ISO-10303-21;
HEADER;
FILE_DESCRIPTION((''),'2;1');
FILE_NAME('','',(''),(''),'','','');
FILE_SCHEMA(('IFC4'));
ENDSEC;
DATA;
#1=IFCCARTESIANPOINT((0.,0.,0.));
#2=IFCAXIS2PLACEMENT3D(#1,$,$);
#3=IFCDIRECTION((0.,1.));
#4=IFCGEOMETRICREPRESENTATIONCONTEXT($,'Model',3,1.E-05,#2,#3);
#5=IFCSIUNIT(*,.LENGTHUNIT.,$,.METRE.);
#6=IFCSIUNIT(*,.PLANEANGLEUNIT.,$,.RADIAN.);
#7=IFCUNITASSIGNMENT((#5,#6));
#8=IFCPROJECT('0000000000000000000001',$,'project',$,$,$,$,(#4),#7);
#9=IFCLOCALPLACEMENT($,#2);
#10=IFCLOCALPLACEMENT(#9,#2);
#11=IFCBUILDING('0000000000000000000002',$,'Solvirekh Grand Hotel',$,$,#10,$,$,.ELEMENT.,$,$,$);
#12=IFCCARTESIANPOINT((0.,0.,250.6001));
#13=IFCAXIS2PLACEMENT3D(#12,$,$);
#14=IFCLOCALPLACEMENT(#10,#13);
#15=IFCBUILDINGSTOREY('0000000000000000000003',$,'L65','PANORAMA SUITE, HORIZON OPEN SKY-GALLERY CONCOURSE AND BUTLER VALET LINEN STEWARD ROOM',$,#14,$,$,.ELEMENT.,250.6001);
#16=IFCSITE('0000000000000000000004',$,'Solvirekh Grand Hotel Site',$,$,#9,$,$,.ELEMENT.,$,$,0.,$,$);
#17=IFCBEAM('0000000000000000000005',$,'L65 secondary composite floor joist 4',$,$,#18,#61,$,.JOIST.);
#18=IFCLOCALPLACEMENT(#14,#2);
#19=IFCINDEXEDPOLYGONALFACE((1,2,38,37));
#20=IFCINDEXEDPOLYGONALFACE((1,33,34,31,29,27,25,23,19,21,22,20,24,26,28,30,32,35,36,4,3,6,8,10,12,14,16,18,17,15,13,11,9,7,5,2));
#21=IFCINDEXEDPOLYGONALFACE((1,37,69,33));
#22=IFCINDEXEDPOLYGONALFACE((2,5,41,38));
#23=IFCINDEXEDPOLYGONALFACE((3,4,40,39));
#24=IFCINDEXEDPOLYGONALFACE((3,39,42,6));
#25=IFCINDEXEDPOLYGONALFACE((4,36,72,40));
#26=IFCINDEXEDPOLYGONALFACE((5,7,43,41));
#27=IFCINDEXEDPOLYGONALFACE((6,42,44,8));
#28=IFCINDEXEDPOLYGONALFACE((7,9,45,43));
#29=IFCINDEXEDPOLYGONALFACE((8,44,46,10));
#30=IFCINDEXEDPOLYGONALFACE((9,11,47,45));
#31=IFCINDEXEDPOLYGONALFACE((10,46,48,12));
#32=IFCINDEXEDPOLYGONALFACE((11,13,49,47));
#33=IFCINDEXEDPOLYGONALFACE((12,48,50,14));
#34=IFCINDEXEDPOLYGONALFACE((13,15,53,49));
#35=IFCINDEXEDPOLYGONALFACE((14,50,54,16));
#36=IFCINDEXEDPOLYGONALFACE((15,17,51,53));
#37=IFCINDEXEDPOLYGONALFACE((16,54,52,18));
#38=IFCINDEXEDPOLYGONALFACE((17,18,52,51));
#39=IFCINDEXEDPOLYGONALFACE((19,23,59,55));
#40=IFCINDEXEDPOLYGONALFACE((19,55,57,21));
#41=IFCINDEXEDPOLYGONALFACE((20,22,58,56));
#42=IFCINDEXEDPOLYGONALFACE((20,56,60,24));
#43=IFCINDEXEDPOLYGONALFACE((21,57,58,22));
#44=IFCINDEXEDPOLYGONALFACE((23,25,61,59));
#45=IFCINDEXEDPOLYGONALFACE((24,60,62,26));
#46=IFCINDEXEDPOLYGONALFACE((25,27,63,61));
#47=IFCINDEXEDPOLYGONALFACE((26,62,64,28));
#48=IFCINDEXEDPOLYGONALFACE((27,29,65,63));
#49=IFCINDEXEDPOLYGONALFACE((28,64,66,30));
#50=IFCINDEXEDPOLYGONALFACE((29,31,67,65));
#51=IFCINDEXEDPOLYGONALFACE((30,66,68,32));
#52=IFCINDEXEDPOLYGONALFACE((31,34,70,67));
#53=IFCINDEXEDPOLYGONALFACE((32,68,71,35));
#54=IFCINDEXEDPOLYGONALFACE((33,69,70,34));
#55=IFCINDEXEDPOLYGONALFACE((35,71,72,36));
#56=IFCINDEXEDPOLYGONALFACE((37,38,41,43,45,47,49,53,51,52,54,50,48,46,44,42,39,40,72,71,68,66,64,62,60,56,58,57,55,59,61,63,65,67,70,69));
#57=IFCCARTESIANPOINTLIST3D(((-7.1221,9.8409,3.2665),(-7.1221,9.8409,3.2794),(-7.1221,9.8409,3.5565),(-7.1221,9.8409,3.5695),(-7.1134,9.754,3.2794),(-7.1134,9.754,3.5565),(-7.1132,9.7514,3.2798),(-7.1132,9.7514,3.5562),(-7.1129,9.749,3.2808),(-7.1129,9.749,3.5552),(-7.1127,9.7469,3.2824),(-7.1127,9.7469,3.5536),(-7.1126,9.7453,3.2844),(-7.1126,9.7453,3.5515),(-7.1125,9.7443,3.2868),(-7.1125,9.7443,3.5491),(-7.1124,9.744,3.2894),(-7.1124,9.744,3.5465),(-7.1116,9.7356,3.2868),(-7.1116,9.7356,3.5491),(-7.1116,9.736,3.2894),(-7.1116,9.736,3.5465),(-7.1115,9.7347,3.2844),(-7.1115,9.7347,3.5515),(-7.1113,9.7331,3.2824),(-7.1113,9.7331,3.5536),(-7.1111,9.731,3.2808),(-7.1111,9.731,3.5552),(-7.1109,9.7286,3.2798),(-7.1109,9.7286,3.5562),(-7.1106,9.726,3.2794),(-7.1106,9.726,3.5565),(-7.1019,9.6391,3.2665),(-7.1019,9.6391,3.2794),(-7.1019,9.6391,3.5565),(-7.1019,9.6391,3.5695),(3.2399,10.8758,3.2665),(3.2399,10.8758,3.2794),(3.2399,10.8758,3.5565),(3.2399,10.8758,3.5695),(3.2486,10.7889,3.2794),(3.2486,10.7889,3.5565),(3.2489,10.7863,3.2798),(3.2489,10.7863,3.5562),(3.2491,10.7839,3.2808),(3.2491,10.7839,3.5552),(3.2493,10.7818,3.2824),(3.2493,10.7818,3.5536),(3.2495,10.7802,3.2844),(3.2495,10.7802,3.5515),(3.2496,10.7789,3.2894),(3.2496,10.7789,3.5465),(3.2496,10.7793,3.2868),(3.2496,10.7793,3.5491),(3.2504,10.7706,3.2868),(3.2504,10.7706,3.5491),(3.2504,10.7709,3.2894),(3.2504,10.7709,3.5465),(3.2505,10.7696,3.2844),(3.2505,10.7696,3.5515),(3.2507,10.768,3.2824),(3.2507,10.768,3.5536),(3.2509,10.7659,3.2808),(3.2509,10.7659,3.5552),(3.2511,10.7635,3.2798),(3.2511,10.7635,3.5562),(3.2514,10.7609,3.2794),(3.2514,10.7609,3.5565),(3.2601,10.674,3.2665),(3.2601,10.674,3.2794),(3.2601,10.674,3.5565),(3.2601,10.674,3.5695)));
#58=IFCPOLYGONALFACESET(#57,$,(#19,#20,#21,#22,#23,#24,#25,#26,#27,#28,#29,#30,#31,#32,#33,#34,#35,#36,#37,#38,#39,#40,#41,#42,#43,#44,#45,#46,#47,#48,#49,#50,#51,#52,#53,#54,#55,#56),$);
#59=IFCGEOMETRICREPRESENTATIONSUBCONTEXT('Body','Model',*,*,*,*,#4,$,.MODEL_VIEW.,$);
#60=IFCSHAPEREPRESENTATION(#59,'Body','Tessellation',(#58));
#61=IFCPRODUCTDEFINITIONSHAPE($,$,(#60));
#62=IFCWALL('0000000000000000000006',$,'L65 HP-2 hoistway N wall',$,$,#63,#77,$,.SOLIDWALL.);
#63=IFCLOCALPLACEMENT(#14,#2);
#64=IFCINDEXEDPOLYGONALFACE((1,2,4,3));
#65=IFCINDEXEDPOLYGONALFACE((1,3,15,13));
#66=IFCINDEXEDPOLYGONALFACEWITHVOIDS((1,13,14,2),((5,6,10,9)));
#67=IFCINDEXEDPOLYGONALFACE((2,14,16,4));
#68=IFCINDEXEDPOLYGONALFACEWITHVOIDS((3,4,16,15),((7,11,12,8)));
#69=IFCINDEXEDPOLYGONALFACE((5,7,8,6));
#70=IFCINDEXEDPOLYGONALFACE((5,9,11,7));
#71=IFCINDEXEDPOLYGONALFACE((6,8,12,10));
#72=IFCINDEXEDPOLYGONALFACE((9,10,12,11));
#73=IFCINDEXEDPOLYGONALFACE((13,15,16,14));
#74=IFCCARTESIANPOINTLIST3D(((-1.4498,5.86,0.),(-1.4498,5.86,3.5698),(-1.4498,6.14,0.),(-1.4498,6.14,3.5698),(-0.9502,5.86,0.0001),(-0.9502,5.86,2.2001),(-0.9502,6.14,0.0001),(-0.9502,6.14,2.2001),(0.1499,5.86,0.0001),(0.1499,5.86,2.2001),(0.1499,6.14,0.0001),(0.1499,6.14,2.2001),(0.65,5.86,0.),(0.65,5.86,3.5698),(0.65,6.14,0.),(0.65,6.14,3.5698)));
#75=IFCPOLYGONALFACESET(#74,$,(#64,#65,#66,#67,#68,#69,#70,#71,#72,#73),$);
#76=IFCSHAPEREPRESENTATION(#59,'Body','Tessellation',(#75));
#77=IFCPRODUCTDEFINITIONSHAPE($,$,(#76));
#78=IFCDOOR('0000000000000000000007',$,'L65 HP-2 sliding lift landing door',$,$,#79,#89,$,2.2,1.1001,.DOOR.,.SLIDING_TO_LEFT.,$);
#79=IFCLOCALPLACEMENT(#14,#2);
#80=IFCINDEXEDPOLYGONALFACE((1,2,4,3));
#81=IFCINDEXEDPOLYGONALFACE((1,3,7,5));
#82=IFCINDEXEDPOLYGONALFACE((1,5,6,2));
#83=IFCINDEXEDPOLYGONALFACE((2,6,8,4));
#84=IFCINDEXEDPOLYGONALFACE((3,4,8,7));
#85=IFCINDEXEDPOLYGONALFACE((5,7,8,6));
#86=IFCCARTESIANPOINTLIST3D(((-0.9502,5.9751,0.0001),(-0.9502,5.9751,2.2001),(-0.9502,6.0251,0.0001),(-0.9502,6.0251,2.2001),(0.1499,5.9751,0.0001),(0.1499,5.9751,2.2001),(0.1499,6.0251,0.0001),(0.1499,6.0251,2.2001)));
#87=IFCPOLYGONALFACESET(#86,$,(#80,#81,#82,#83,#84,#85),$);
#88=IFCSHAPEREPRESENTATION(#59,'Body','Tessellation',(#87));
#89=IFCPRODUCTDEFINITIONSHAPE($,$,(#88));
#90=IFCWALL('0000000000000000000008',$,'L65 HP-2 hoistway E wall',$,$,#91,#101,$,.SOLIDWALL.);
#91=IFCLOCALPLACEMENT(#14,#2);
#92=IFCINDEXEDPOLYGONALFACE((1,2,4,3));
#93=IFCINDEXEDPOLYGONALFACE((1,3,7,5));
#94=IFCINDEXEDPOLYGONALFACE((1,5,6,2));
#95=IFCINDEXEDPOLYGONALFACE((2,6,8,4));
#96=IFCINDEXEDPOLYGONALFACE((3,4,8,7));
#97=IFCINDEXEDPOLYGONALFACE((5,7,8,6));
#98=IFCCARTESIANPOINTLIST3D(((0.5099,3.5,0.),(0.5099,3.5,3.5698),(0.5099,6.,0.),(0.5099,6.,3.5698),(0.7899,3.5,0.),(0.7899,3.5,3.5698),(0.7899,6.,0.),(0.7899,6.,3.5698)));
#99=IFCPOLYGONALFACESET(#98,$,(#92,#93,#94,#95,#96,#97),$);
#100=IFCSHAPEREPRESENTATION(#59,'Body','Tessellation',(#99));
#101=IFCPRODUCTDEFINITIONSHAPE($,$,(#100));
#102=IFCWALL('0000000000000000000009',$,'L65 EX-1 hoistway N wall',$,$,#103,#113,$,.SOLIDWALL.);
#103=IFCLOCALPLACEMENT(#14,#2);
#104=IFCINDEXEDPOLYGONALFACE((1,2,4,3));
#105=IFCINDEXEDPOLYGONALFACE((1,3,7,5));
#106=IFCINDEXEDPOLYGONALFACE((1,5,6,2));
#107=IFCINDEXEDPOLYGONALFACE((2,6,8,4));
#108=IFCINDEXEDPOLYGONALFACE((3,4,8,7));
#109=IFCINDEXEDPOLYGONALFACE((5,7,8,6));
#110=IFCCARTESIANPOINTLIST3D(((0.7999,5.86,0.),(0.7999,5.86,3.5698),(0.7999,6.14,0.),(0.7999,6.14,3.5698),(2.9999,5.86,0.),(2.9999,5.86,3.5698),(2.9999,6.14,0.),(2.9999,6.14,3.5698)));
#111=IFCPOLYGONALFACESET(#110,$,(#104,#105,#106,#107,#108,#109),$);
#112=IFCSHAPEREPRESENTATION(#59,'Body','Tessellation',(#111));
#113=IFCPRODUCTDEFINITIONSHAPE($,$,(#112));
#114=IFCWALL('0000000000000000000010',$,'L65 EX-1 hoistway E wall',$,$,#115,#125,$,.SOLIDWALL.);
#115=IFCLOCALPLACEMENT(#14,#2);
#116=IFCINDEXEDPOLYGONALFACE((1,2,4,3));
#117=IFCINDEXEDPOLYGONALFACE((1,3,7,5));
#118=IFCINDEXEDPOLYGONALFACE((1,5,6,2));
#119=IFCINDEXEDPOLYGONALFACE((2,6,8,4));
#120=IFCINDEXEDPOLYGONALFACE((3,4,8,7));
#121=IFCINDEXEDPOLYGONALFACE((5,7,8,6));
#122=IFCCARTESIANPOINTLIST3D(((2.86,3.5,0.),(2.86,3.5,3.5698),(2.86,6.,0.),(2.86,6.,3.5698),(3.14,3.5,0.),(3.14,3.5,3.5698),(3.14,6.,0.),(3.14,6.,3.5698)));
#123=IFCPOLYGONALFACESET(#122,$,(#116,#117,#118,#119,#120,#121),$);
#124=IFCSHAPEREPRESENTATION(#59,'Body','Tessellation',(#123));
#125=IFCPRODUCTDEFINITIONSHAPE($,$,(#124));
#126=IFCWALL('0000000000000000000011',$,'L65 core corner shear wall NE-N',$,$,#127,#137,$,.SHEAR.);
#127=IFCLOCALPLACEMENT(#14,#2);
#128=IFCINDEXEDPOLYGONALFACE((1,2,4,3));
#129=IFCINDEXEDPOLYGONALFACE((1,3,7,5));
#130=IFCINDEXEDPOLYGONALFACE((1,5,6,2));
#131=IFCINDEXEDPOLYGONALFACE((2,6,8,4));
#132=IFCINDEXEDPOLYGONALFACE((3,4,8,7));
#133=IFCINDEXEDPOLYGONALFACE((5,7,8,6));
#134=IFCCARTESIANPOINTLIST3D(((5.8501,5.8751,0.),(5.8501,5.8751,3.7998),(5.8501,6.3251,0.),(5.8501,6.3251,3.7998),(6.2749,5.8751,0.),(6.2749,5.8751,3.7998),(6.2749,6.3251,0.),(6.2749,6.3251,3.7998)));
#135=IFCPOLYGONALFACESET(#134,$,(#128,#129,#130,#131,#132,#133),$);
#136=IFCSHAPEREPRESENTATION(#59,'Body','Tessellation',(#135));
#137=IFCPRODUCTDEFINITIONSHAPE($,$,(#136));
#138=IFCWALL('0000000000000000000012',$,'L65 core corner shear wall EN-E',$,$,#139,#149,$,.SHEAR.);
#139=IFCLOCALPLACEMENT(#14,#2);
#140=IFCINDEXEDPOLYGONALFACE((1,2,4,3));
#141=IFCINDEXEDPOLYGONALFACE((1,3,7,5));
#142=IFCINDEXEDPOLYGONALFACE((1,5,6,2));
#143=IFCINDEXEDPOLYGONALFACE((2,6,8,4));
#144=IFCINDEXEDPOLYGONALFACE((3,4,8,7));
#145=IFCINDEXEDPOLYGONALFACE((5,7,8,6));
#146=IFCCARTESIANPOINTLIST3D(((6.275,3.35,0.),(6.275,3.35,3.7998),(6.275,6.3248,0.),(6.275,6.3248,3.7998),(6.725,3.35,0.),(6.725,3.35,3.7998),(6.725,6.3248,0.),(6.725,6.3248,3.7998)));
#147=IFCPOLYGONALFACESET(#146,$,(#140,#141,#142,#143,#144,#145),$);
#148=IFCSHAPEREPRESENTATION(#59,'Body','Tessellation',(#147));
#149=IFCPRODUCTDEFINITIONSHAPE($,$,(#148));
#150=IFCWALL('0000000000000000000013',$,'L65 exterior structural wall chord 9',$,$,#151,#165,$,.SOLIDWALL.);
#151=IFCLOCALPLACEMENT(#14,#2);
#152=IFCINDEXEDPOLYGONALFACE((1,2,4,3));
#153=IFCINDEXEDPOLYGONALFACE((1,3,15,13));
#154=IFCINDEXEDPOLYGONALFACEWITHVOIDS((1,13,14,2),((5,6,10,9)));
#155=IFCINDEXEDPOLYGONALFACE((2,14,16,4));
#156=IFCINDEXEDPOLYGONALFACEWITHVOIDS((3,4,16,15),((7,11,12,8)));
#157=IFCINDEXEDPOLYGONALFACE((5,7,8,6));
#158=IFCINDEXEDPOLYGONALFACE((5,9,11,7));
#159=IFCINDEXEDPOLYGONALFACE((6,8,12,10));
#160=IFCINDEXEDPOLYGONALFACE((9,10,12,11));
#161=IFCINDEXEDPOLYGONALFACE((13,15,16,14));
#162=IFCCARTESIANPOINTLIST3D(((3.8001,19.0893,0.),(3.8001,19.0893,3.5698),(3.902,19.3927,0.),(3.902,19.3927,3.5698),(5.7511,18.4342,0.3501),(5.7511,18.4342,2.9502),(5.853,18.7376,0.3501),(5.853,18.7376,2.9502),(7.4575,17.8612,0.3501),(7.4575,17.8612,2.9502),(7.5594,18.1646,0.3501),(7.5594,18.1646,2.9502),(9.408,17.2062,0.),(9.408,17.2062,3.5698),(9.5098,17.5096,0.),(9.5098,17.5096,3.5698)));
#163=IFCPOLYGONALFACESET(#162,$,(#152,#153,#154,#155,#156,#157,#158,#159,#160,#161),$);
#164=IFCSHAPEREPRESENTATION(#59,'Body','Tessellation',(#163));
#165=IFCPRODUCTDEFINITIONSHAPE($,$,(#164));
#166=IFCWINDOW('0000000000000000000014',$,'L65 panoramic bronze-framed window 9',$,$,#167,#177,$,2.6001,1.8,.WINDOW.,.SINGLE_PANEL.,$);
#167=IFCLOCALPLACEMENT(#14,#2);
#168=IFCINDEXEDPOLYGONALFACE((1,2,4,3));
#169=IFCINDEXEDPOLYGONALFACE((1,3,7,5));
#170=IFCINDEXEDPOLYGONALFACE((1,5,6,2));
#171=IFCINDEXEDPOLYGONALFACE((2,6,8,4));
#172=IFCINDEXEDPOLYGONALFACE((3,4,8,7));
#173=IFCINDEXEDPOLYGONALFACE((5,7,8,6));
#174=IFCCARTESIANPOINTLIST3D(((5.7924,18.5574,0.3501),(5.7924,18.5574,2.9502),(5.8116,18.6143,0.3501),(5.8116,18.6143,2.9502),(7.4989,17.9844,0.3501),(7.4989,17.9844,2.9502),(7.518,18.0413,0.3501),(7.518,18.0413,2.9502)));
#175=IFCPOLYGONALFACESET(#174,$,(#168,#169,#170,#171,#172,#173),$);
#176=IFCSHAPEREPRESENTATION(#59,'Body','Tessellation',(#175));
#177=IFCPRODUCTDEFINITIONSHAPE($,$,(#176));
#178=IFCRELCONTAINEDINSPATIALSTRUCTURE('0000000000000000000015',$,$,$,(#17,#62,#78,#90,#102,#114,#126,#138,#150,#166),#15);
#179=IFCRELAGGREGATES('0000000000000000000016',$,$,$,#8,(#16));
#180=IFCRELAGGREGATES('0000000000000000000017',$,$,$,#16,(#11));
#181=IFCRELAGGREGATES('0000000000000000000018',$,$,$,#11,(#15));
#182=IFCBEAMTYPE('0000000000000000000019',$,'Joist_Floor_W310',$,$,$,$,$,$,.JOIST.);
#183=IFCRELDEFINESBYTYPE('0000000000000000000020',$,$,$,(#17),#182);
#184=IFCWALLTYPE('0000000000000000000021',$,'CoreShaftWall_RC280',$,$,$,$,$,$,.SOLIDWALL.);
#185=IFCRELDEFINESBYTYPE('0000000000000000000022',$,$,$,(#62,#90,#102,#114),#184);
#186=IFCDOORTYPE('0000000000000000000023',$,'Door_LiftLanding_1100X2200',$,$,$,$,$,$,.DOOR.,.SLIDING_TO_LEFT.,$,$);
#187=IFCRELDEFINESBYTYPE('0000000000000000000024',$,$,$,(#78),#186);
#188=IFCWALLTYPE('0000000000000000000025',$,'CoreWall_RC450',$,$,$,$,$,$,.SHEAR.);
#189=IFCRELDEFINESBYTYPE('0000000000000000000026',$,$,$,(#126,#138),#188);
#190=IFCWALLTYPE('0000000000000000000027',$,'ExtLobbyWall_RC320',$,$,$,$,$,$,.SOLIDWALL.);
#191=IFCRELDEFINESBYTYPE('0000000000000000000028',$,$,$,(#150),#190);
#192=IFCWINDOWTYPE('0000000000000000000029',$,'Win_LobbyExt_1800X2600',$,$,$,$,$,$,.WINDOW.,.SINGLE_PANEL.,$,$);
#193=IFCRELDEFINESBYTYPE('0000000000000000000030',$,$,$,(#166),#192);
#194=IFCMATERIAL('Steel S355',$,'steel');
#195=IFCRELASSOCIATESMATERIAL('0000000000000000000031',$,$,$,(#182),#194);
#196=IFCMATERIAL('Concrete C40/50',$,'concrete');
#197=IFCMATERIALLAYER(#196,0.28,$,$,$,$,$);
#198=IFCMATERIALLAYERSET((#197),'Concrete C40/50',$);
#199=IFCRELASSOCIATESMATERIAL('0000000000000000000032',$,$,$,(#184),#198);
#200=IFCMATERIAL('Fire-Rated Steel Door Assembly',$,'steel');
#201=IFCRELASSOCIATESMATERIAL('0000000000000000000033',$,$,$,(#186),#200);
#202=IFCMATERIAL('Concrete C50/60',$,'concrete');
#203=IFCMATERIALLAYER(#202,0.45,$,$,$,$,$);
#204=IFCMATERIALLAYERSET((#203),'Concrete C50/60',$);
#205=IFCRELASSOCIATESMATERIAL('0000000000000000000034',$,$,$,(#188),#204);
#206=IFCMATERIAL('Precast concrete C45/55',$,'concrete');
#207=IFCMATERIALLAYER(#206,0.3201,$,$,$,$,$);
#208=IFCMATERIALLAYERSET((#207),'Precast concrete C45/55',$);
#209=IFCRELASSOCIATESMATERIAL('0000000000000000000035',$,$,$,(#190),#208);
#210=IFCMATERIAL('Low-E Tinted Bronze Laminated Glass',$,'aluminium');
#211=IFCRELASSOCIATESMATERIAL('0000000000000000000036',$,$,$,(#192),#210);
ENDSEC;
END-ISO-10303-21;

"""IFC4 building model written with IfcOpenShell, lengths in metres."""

from ifc_helpers import new_model, si_unit, direction, frame, frame_2d, origin, origin_2d, place, context, subcontext, project, spatial, rectangle, i_section, extrude, material, layer, layer_set, material_profile, profile_set, type_object, element, fill, save


model = new_model("IFC4")

# Units and contexts
model_context = context("Model", 3, precision=1e-05, world=origin(), true_north=direction((0.0, 1.0)))
body_context = subcontext(model_context, "Body", "Model", "MODEL_VIEW")
ifc_project = project(units=[si_unit("LENGTHUNIT", "METRE"), si_unit("PLANEANGLEUNIT", "RADIAN")], contexts=[model_context])

# Site, building, storey
site_placement = place(None, origin())
site = spatial("IfcSite", under=ifc_project, at=site_placement, Name="Solvirekh Grand Hotel Site", CompositionType="ELEMENT", RefElevation=0.0)
building_placement = place(site_placement, origin())
building = spatial("IfcBuilding", under=site, at=building_placement, Name="Solvirekh Grand Hotel", CompositionType="ELEMENT")
storey_placement = place(building_placement, frame((0.0, 0.0, 250.6001)))
storey = spatial("IfcBuildingStorey", under=building, at=storey_placement, Name="L65", Description="PANORAMA SUITE, HORIZON OPEN SKY-GALLERY CONCOURSE AND BUTLER VALET LINEN STEWARD ROOM", CompositionType="ELEMENT", Elevation=250.6001)

# Shared definitions
ifc_material_1 = material(Name="Concrete C50/60", Category="concrete")

# Beam
ifc_material_2 = material(Name="Steel S355", Category="steel")
ifc_material_profile_1 = material_profile(ifc_material_2, i_section(OverallWidth=0.2029, OverallDepth=0.303, WebThickness=0.0081, FlangeThickness=0.0129, FilletRadius=0.01, at=origin_2d()), Name="W310X60")
ifc_profile_set_1 = profile_set([ifc_material_profile_1], Name="Steel S355")
beam_type_1 = type_object("IfcBeamType", Name="Joist_Floor_W310", PredefinedType="JOIST", material=ifc_profile_set_1)
beam_1_placement = place(storey_placement, frame((3.25, 10.7749, 3.418), z_axis=(-0.995049, -0.099381, 0.0), x_axis=(0.099381, -0.995049, 0.0)))
element("IfcBeam", 1, at=beam_1_placement, inside=storey, type_object=beam_type_1, Name="L65 secondary composite floor joist 4", PredefinedType="JOIST", context=body_context, shape_type="SweptSolid", body=[
    extrude(i_section(OverallWidth=0.2029, OverallDepth=0.303, WebThickness=0.0081, FlangeThickness=0.0129, FilletRadius=0.01, at=origin_2d()), origin(), (0.0, 0.0, 1.0), 10.4136),
])

# Wall, opening, door
ifc_material_3 = material(Name="Concrete C40/50", Category="concrete")
ifc_layer_1 = layer(ifc_material_3, 0.28)
ifc_layer_set_1 = layer_set([ifc_layer_1], Name="Concrete C40/50")
wall_type_1 = type_object("IfcWallType", Name="CoreShaftWall_RC280", PredefinedType="SOLIDWALL", material=ifc_layer_set_1)
wall_1_placement = place(storey_placement, frame((0.6499, 6.0, 0.0), z_axis=(0.0, 0.0, 1.0), x_axis=(-1.0, 0.0, 0.0)))
wall_1 = element("IfcWall", 2, at=wall_1_placement, inside=storey, type_object=wall_type_1, Name="L65 HP-2 hoistway N wall", PredefinedType="SOLIDWALL", context=body_context, shape_type="SweptSolid", body=[
    extrude(rectangle(XDim=2.0999, YDim=0.28, at=frame_2d((1.0498, 0.0))), origin(), (0.0, 0.0, 1.0), 3.5698),
])
opening_1_placement = place(wall_1_placement, frame((0.5, 0.0, 0.0)))
opening_1 = element("IfcOpeningElement", 3, at=opening_1_placement, cuts=wall_1, PredefinedType="OPENING", context=body_context, shape_type="SweptSolid", body=[
    extrude(rectangle(XDim=1.1001, YDim=2.2, at=frame_2d((0.55, 1.1001))), frame((0.0, 0.1499, 0.0), z_axis=(0.0, -1.0, 0.0), x_axis=(1.0, 0.0, 0.0)), (0.0, 0.0, 1.0), 0.3),
])
ifc_material_4 = material(Name="Fire-Rated Steel Door Assembly", Category="steel")
door_type = type_object("IfcDoorType", Name="Door_LiftLanding_1100X2200", OperationType="SLIDING_TO_LEFT", PredefinedType="DOOR", material=ifc_material_4)
door_placement = place(opening_1_placement, origin())
door = element("IfcDoor", 4, at=door_placement, inside=storey, type_object=door_type, Name="L65 HP-2 sliding lift landing door", OperationType="SLIDING_TO_LEFT", OverallHeight=2.2, OverallWidth=1.1001, PredefinedType="DOOR", context=body_context, shape_type="SweptSolid", body=[
    extrude(rectangle(XDim=1.1001, YDim=2.2, at=frame_2d((0.55, 1.1001))), frame((0.0, 0.0249, 0.0), z_axis=(0.0, -1.0, 0.0), x_axis=(1.0, 0.0, 0.0)), (0.0, 0.0, 1.0), 0.05),
])
fill(opening_1, door)

# Walls
wall_2_placement = place(storey_placement, frame((0.6499, 3.5, 0.0), z_axis=(0.0, 0.0, 1.0), x_axis=(0.0, 1.0, 0.0)))
element("IfcWall", 5, at=wall_2_placement, inside=storey, type_object=wall_type_1, Name="L65 HP-2 hoistway E wall", PredefinedType="SOLIDWALL", context=body_context, shape_type="SweptSolid", body=[
    extrude(rectangle(XDim=2.5, YDim=0.28, at=frame_2d((1.25, 0.0))), origin(), (0.0, 0.0, 1.0), 3.5698),
])
wall_3_placement = place(storey_placement, frame((3.0, 6.0, 0.0), z_axis=(0.0, 0.0, 1.0), x_axis=(-1.0, 0.0, 0.0)))
element("IfcWall", 6, at=wall_3_placement, inside=storey, type_object=wall_type_1, Name="L65 EX-1 hoistway N wall", PredefinedType="SOLIDWALL", context=body_context, shape_type="SweptSolid", body=[
    extrude(rectangle(XDim=2.2, YDim=0.28, at=frame_2d((1.1001, 0.0))), origin(), (0.0, 0.0, 1.0), 3.5698),
])
wall_4_placement = place(storey_placement, frame((3.0, 3.5, 0.0), z_axis=(0.0, 0.0, 1.0), x_axis=(0.0, 1.0, 0.0)))
element("IfcWall", 7, at=wall_4_placement, inside=storey, type_object=wall_type_1, Name="L65 EX-1 hoistway E wall", PredefinedType="SOLIDWALL", context=body_context, shape_type="SweptSolid", body=[
    extrude(rectangle(XDim=2.5, YDim=0.28, at=frame_2d((1.25, 0.0))), origin(), (0.0, 0.0, 1.0), 3.5698),
])
ifc_layer_2 = layer(ifc_material_1, 0.45)
ifc_layer_set_2 = layer_set([ifc_layer_2], Name="Concrete C50/60")
wall_type_2 = type_object("IfcWallType", Name="CoreWall_RC450", PredefinedType="SHEAR", material=ifc_layer_set_2)
wall_5_placement = place(storey_placement, frame((5.8501, 6.1001, 0.0), z_axis=(0.0, 0.0, 1.0), x_axis=(1.0, 0.0, 0.0)))
element("IfcWall", 8, at=wall_5_placement, inside=storey, type_object=wall_type_2, Name="L65 core corner shear wall NE-N", PredefinedType="SHEAR", context=body_context, shape_type="SweptSolid", body=[
    extrude(rectangle(XDim=0.4248, YDim=0.45, at=frame_2d((0.2124, 0.0))), origin(), (0.0, 0.0, 1.0), 3.7998),
])
wall_6_placement = place(storey_placement, frame((6.5, 3.3501, 0.0), z_axis=(0.0, 0.0, 1.0), x_axis=(0.0, 1.0, 0.0)))
element("IfcWall", 9, at=wall_6_placement, inside=storey, type_object=wall_type_2, Name="L65 core corner shear wall EN-E", PredefinedType="SHEAR", context=body_context, shape_type="SweptSolid", body=[
    extrude(rectangle(XDim=2.9749, YDim=0.45, at=frame_2d((1.4873, 0.0))), origin(), (0.0, 0.0, 1.0), 3.7998),
])

# Wall, opening, window
ifc_material_5 = material(Name="Precast concrete C45/55", Category="concrete")
ifc_layer_3 = layer(ifc_material_5, 0.3201)
ifc_layer_set_3 = layer_set([ifc_layer_3], Name="Precast concrete C45/55")
wall_type_3 = type_object("IfcWallType", Name="ExtLobbyWall_RC320", PredefinedType="SOLIDWALL", material=ifc_layer_set_3)
wall_7_placement = place(storey_placement, frame((3.8511, 19.241, 0.0), z_axis=(0.0, 0.0, 1.0), x_axis=(0.947984, -0.318319, 0.0)))
wall_7 = element("IfcWall", 10, at=wall_7_placement, inside=storey, type_object=wall_type_3, Name="L65 exterior structural wall chord 9", PredefinedType="SOLIDWALL", context=body_context, shape_type="SweptSolid", body=[
    extrude(rectangle(XDim=5.9155, YDim=0.3201, at=frame_2d((2.9578, 0.0))), origin(), (0.0, 0.0, 1.0), 3.5698),
])
opening_2_placement = place(wall_7_placement, frame((2.0581, 0.0, 0.3501)))
opening_2 = element("IfcOpeningElement", 11, at=opening_2_placement, cuts=wall_7, PredefinedType="OPENING", context=body_context, shape_type="SweptSolid", body=[
    extrude(rectangle(XDim=1.8, YDim=2.6001, at=frame_2d((0.8999, 1.3))), frame((0.0, 0.1699, 0.0), z_axis=(0.0, -1.0, 0.0), x_axis=(1.0, 0.0, 0.0)), (0.0, 0.0, 1.0), 0.3401),
])
ifc_material_6 = material(Name="Low-E Tinted Bronze Laminated Glass", Category="aluminium")
window_type = type_object("IfcWindowType", Name="Win_LobbyExt_1800X2600", PartitioningType="SINGLE_PANEL", PredefinedType="WINDOW", material=ifc_material_6)
window_placement = place(opening_2_placement, origin())
window = element("IfcWindow", 12, at=window_placement, inside=storey, type_object=window_type, Name="L65 panoramic bronze-framed window 9", OverallHeight=2.6001, OverallWidth=1.8, PartitioningType="SINGLE_PANEL", PredefinedType="WINDOW", context=body_context, shape_type="SweptSolid", body=[
    extrude(rectangle(XDim=1.8, YDim=2.6001, at=frame_2d((0.8999, 1.3))), frame((0.0, 0.03, 0.0), z_axis=(0.0, -1.0, 0.0), x_axis=(1.0, 0.0, 0.0)), (0.0, 0.0, 1.0), 0.0601),
])
fill(opening_2, window)

save(model, "model.ifc")
